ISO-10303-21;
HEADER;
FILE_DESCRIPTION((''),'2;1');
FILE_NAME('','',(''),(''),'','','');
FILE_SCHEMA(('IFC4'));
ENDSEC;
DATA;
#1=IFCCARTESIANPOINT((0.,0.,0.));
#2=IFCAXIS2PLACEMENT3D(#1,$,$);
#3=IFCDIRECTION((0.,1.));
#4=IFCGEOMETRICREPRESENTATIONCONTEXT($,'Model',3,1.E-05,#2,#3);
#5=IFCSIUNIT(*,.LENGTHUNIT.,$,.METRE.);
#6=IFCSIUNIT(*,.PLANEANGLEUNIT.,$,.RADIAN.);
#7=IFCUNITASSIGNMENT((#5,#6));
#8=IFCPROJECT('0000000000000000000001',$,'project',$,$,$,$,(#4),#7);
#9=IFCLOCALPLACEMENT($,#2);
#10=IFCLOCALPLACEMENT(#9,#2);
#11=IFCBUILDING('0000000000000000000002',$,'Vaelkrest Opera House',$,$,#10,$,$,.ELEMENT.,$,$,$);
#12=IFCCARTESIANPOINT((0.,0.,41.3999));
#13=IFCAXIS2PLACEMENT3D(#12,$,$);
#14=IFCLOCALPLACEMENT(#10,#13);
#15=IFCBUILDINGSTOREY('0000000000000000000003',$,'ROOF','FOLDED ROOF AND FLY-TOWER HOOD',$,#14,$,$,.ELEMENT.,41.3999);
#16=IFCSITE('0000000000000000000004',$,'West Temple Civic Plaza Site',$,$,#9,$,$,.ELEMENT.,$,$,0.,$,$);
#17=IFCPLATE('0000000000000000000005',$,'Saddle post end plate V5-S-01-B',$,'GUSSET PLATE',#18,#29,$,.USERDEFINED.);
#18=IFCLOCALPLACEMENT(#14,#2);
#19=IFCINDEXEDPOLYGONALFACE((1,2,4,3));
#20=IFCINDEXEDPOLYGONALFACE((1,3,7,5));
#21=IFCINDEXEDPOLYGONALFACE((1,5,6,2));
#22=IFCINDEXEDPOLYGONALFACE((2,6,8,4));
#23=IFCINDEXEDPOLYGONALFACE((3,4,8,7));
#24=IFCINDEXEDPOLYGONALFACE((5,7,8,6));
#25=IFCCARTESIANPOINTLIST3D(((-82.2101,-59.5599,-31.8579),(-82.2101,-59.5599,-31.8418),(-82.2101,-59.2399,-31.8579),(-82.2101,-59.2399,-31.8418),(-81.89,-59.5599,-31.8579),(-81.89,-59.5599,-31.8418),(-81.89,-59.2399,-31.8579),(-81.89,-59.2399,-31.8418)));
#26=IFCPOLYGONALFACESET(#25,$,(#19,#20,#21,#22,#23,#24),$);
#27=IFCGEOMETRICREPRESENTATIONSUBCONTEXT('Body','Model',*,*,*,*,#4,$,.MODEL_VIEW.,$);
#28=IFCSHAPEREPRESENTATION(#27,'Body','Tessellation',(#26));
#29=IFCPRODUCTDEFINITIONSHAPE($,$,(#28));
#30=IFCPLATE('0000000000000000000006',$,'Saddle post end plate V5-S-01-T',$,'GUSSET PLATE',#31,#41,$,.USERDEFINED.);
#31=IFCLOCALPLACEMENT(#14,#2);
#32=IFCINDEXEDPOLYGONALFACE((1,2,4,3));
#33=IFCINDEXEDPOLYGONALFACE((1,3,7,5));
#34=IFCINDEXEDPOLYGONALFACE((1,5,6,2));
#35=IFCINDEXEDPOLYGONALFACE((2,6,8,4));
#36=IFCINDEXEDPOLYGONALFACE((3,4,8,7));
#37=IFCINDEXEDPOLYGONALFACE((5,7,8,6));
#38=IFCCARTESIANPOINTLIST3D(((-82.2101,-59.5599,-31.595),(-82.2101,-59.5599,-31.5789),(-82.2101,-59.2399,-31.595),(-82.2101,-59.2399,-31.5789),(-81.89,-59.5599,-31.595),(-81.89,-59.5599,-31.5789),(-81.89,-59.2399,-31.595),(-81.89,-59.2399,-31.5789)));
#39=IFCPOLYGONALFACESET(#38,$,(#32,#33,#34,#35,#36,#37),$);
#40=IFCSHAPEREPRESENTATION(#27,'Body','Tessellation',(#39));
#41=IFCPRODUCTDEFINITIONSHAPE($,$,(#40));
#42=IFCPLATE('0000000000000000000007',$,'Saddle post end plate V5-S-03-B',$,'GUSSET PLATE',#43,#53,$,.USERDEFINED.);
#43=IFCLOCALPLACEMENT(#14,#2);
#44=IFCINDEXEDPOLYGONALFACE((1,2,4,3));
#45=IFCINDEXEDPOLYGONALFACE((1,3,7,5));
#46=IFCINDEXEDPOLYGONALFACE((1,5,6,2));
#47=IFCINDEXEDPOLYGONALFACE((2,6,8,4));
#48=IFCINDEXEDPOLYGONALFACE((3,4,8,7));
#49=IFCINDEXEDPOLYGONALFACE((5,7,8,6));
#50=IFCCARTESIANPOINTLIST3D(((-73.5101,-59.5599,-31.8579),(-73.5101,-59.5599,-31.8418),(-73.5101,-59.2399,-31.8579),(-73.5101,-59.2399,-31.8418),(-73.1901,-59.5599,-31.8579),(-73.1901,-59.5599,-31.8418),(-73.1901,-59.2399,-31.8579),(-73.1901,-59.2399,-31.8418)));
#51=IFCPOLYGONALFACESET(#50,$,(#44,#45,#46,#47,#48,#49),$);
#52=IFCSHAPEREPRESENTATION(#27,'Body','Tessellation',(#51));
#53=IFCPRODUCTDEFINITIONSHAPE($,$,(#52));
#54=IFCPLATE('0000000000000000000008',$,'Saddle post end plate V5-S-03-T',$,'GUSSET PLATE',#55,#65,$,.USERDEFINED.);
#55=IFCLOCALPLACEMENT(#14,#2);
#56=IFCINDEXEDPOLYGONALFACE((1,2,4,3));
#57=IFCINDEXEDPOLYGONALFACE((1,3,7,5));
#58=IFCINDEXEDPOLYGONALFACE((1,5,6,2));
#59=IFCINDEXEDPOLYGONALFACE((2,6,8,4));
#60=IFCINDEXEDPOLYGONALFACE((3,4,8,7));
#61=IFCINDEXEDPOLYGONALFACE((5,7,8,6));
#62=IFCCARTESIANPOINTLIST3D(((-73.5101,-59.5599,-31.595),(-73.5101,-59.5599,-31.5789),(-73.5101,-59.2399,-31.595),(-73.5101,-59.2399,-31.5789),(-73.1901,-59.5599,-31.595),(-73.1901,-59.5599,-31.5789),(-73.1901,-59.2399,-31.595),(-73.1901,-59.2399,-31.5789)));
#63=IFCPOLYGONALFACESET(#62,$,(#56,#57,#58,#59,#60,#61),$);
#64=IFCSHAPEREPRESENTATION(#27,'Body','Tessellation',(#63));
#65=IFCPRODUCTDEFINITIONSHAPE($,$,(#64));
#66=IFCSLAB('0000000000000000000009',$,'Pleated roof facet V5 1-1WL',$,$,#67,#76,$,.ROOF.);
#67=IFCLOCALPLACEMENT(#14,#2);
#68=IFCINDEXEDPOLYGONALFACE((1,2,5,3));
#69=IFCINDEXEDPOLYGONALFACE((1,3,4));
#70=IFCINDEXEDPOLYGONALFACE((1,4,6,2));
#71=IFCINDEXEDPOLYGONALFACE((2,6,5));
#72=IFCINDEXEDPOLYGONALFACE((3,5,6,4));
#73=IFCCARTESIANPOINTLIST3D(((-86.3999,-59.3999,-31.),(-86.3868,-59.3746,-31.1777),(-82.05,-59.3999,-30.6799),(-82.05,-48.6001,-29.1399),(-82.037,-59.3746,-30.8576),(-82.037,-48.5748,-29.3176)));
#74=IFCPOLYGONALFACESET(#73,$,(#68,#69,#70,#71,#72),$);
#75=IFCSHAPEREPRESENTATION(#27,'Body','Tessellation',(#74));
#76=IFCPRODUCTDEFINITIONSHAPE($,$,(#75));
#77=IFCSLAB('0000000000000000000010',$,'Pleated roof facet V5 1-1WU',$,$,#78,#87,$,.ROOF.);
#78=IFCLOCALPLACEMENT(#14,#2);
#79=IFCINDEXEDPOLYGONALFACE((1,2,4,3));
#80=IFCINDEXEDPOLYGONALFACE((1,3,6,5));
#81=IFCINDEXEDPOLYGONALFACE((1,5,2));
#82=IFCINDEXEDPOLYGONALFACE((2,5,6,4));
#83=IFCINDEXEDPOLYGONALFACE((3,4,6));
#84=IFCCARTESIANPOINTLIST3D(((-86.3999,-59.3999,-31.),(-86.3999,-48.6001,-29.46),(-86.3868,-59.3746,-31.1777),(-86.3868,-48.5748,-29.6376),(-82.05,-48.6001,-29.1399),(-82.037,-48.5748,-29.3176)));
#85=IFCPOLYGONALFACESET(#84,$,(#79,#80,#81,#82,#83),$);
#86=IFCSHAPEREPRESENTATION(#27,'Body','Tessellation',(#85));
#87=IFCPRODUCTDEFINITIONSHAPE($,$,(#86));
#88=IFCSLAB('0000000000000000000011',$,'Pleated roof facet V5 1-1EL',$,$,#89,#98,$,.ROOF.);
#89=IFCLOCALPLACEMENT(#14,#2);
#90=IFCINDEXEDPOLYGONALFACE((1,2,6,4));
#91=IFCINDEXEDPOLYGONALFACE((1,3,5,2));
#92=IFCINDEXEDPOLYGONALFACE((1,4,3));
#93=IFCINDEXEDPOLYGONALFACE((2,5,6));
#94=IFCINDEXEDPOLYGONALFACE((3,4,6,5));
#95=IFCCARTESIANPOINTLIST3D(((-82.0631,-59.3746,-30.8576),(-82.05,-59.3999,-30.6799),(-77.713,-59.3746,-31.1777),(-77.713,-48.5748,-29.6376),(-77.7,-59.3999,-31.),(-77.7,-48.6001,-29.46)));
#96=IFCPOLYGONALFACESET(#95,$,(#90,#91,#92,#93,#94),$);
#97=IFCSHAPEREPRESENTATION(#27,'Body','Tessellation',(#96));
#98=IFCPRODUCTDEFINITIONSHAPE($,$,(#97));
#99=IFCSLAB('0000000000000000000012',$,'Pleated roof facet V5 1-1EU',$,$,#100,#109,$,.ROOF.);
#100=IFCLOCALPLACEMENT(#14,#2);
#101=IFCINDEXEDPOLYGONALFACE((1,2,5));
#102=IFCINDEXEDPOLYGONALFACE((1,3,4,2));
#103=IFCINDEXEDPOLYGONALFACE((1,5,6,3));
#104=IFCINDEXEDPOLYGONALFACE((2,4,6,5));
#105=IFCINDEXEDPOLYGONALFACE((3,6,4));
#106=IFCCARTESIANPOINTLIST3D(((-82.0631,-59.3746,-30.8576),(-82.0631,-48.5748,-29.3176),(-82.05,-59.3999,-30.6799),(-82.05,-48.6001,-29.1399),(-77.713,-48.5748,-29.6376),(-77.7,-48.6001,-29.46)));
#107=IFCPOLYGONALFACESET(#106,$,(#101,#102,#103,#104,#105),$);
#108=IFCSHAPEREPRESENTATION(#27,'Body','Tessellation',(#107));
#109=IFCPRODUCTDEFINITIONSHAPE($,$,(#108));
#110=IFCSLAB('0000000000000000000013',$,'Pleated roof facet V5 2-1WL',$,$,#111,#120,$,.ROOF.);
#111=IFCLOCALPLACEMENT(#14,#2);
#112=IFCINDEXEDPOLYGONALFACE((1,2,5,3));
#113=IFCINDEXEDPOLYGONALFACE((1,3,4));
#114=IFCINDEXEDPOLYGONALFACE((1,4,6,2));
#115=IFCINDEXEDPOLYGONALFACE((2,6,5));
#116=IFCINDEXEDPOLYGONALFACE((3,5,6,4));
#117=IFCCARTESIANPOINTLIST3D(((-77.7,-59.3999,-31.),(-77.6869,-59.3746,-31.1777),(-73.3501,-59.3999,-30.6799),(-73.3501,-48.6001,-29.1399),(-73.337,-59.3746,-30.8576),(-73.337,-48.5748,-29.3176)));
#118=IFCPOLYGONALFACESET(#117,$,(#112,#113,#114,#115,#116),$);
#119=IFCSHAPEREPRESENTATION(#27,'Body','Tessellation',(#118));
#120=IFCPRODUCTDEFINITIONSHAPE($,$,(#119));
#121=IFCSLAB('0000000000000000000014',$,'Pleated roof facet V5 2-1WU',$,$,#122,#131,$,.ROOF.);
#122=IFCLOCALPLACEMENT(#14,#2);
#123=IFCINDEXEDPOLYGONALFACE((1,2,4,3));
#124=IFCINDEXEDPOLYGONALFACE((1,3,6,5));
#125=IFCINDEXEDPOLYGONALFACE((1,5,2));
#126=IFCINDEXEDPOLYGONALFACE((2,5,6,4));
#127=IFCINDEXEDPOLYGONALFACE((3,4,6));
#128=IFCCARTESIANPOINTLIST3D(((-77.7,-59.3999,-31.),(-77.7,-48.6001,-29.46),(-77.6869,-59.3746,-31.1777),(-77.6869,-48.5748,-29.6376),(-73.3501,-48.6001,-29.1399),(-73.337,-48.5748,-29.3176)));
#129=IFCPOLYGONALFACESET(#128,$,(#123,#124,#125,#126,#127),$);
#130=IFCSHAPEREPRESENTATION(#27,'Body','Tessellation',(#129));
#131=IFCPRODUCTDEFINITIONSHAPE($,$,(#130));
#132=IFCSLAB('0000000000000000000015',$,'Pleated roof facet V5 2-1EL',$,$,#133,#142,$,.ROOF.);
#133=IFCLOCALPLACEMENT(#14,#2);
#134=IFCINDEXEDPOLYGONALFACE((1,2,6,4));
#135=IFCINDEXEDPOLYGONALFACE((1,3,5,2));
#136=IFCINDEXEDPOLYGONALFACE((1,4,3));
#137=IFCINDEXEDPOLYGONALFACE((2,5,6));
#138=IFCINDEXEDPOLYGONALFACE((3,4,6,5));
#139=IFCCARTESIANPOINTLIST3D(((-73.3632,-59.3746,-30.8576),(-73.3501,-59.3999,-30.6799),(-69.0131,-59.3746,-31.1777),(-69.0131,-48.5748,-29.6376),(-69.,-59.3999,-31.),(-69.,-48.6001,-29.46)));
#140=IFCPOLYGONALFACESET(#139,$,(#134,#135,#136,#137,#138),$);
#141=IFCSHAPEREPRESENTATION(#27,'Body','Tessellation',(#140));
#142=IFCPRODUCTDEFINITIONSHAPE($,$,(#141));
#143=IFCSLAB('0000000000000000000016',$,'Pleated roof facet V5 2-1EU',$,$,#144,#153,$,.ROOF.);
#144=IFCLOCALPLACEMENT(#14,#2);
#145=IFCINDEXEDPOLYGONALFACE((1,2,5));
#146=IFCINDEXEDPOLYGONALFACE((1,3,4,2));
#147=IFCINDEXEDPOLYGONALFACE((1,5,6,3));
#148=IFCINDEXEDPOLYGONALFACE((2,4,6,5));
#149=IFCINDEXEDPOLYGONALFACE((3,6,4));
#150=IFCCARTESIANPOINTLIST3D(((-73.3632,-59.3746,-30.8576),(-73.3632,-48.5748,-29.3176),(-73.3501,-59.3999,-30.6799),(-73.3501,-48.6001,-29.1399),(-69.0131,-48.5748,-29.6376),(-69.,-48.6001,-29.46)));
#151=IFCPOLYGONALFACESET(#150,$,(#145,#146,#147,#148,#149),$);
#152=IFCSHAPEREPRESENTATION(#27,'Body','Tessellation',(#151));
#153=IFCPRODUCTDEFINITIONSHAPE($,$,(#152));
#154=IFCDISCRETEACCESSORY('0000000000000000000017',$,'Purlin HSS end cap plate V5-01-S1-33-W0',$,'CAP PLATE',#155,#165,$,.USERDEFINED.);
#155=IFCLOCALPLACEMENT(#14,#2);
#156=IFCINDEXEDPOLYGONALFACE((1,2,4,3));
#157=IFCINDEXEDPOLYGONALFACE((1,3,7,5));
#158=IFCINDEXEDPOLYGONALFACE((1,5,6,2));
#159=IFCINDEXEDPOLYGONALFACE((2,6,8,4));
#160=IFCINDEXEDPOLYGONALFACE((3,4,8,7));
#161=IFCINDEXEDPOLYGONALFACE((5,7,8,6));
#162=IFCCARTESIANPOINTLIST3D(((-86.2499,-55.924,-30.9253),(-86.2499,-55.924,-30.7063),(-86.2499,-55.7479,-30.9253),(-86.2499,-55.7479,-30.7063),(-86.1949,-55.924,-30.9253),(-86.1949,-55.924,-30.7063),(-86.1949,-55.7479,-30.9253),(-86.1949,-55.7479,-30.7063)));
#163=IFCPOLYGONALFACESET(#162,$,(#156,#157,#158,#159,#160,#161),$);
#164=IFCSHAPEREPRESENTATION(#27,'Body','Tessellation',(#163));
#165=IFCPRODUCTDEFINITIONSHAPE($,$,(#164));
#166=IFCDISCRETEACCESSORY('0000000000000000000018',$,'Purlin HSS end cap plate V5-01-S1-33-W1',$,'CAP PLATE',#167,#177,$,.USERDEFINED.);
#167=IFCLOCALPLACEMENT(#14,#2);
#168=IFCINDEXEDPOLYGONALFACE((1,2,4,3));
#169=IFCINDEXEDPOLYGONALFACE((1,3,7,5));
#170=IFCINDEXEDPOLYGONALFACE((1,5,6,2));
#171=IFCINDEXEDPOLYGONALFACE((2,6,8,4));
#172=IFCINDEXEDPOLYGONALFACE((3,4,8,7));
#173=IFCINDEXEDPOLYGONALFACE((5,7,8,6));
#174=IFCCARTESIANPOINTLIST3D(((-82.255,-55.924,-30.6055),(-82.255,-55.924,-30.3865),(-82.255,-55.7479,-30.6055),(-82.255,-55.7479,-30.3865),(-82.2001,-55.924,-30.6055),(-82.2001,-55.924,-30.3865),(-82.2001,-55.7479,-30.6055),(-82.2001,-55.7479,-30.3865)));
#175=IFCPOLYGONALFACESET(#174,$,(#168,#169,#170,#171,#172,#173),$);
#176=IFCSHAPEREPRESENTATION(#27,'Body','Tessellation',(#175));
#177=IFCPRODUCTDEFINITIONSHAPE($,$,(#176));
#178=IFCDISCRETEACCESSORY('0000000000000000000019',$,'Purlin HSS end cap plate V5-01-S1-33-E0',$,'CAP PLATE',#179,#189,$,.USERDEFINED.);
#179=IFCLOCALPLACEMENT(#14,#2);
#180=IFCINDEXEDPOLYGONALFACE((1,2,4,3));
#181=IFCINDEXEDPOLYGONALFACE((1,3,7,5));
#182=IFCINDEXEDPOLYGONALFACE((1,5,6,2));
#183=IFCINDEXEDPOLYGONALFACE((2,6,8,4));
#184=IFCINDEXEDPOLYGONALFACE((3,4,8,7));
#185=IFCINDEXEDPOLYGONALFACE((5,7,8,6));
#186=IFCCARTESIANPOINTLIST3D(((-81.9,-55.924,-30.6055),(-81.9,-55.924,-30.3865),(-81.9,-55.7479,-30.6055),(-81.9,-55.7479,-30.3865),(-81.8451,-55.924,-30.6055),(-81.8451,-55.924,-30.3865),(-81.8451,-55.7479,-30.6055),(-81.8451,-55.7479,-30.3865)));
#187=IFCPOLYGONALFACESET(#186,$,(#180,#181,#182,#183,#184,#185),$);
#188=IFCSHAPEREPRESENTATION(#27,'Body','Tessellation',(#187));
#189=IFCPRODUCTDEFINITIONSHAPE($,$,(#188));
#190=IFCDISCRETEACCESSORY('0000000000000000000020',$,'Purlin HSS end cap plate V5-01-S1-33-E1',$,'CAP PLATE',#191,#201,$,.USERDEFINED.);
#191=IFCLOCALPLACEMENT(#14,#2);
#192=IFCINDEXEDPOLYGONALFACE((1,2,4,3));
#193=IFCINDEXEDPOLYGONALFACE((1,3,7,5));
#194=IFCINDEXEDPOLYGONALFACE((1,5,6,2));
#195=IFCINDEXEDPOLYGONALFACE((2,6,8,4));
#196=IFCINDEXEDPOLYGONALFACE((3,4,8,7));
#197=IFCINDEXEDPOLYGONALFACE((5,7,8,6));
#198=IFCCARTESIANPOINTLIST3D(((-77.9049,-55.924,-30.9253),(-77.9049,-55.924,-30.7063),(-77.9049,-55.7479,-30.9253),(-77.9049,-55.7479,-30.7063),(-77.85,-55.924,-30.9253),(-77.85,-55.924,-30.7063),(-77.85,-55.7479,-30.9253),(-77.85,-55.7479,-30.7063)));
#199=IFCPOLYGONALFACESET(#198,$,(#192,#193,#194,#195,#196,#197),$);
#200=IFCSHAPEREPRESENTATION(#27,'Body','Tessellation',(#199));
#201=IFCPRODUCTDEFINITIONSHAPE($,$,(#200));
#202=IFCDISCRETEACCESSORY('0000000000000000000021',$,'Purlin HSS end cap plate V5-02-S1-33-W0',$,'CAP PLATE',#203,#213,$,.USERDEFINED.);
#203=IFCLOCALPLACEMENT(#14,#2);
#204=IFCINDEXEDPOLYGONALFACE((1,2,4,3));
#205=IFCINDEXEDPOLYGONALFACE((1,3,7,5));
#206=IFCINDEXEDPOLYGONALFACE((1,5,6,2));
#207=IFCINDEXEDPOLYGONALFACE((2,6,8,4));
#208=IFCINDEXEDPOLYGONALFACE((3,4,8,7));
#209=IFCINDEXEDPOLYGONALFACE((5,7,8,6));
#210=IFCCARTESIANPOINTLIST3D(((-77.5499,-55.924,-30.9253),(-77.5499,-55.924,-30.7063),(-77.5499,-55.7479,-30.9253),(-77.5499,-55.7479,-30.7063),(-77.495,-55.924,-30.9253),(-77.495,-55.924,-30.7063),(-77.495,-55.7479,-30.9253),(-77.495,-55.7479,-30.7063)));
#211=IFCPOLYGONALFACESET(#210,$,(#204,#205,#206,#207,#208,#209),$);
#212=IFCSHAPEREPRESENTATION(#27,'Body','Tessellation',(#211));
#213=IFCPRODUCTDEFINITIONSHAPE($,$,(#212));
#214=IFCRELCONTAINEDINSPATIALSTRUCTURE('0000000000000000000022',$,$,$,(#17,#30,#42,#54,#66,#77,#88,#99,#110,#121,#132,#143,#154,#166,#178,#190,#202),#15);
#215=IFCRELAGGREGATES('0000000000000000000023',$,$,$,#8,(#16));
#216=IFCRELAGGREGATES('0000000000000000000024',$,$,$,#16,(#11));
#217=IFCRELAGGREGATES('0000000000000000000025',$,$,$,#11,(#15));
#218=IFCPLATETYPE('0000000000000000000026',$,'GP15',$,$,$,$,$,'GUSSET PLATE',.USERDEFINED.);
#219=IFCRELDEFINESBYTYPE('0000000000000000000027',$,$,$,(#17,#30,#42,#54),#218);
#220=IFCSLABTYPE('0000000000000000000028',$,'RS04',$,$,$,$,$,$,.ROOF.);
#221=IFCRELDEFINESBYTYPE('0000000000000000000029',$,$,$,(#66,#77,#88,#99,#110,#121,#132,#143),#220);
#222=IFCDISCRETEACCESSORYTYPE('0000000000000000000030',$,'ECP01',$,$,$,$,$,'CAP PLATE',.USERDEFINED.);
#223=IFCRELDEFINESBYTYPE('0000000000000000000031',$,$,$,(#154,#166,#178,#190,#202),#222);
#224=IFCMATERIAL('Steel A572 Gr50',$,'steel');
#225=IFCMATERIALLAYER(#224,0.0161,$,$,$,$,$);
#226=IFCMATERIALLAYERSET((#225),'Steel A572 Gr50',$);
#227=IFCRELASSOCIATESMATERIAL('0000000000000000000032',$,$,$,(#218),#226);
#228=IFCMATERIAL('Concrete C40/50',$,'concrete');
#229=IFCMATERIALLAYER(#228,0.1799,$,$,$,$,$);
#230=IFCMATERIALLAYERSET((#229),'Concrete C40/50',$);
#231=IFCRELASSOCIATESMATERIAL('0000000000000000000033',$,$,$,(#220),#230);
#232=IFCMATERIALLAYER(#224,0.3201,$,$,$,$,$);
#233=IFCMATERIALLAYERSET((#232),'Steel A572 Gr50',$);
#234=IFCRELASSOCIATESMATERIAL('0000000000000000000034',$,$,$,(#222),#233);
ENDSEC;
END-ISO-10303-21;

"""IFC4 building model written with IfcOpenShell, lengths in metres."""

from ifc_helpers import new_model, si_unit, direction, frame, origin, origin_2d, place, context, subcontext, project, spatial, polyline, rectangle, outline, extrude, material, layer, layer_set, type_object, element, save


model = new_model("IFC4")

# Units and contexts
model_context = context("Model", 3, precision=1e-05, world=origin(), true_north=direction((0.0, 1.0)))
body_context = subcontext(model_context, "Body", "Model", "MODEL_VIEW")
ifc_project = project(units=[si_unit("LENGTHUNIT", "METRE"), si_unit("PLANEANGLEUNIT", "RADIAN")], contexts=[model_context])

# Site, building, storey
site_placement = place(None, origin())
site = spatial("IfcSite", under=ifc_project, at=site_placement, Name="West Temple Civic Plaza Site", CompositionType="ELEMENT", RefElevation=0.0)
building_placement = place(site_placement, origin())
building = spatial("IfcBuilding", under=site, at=building_placement, Name="Vaelkrest Opera House", CompositionType="ELEMENT")
storey_placement = place(building_placement, frame((0.0, 0.0, 41.3999)))
storey = spatial("IfcBuildingStorey", under=building, at=storey_placement, Name="ROOF", Description="FOLDED ROOF AND FLY-TOWER HOOD", CompositionType="ELEMENT", Elevation=41.3999)

# Plates
ifc_material_1 = material(Name="Steel A572 Gr50", Category="steel")
ifc_layer_1 = layer(ifc_material_1, 0.0161)
ifc_layer_set_1 = layer_set([ifc_layer_1], Name="Steel A572 Gr50")
plate_type = type_object("IfcPlateType", Name="GP15", ElementType="GUSSET PLATE", PredefinedType="USERDEFINED", material=ifc_layer_set_1)
for number, where, z_axis, x_axis, name in (
    (1, (-82.05, -59.3999, -31.8579), (0.0, 0.0, 1.0), (1.0, 0.0, 0.0), "Saddle post end plate V5-S-01-B"),
    (2, (-82.05, -59.3999, -31.595), (0.0, 0.0, 1.0), (1.0, 0.0, 0.0), "Saddle post end plate V5-S-01-T"),
    (3, (-73.3501, -59.3999, -31.8579), (0.0, 0.0, 1.0), (1.0, 0.0, 0.0), "Saddle post end plate V5-S-03-B"),
    (4, (-73.3501, -59.3999, -31.595), (0.0, 0.0, 1.0), (1.0, 0.0, 0.0), "Saddle post end plate V5-S-03-T"),
):
    element("IfcPlate", number, at=place(storey_placement, frame(where, z_axis=z_axis, x_axis=x_axis)), inside=storey, type_object=plate_type, Name=name, ObjectType="GUSSET PLATE", PredefinedType="USERDEFINED", context=body_context, shape_type="SweptSolid", body=[
        extrude(rectangle(XDim=0.3201, YDim=0.3201, at=origin_2d()), origin(), (0.0, 0.0, 1.0), 0.0161),
    ])

# Slabs
ifc_material_2 = material(Name="Concrete C40/50", Category="concrete")
ifc_layer_2 = layer(ifc_material_2, 0.1799)
ifc_layer_set_2 = layer_set([ifc_layer_2], Name="Concrete C40/50")
slab_type = type_object("IfcSlabType", Name="RS04", PredefinedType="ROOF", material=ifc_layer_set_2)
slab_1_placement = place(storey_placement, frame((-86.3999, -59.3999, -31.0), z_axis=(-0.072652, -0.140798, 0.987369), x_axis=(0.997304, 0.0, 0.073383)))
element("IfcSlab", 5, at=slab_1_placement, inside=storey, type_object=slab_type, Name="Pleated roof facet V5 1-1WL", PredefinedType="ROOF", context=body_context, shape_type="SweptSolid", body=[
    extrude(outline(polyline([(0.0, 0.0), (4.3616, 0.0), (4.4746, 10.9085), (0.0, 0.0)])), origin(), (0.0, 0.0, -1.0), 0.1799),
])
slab_2_placement = place(storey_placement, frame((-86.3999, -59.3999, -31.0), z_axis=(-0.072652, -0.140798, 0.987369), x_axis=(0.368927, 0.915971, 0.157763)))
element("IfcSlab", 6, at=slab_2_placement, inside=storey, type_object=slab_type, Name="Pleated roof facet V5 1-1WU", PredefinedType="ROOF", context=body_context, shape_type="SweptSolid", body=[
    extrude(outline(polyline([(0.0, 0.0), (11.7905, 0.0), (10.1353, 4.0353), (0.0, 0.0)])), origin(), (0.0, 0.0, -1.0), 0.1799),
])
slab_3_placement = place(storey_placement, frame((-82.05, -59.3999, -30.6799), z_axis=(0.072648, -0.140798, 0.987369), x_axis=(0.997304, 0.0, -0.073379)))
element("IfcSlab", 7, at=slab_3_placement, inside=storey, type_object=slab_type, Name="Pleated roof facet V5 1-1EL", PredefinedType="ROOF", context=body_context, shape_type="SweptSolid", body=[
    extrude(outline(polyline([(0.0, 0.0), (4.3619, 0.0), (4.2489, 10.9085), (0.0, 0.0)])), origin(), (0.0, 0.0, -1.0), 0.1799),
])
slab_4_placement = place(storey_placement, frame((-82.05, -59.3999, -30.6799), z_axis=(0.072648, -0.140798, 0.987369), x_axis=(0.37159, 0.92253, 0.104211)))
element("IfcSlab", 8, at=slab_4_placement, inside=storey, type_object=slab_type, Name="Pleated roof facet V5 1-1EU", PredefinedType="ROOF", context=body_context, shape_type="SweptSolid", body=[
    extrude(outline(polyline([(0.0, 0.0), (11.7067, 0.0), (10.1236, 4.0644), (0.0, 0.0)])), origin(), (0.0, 0.0, -1.0), 0.1799),
])
slab_5_placement = place(storey_placement, frame((-77.7, -59.3999, -31.0), z_axis=(-0.072652, -0.140798, 0.987369), x_axis=(0.997304, 0.0, 0.073383)))
element("IfcSlab", 9, at=slab_5_placement, inside=storey, type_object=slab_type, Name="Pleated roof facet V5 2-1WL", PredefinedType="ROOF", context=body_context, shape_type="SweptSolid", body=[
    extrude(outline(polyline([(0.0, 0.0), (4.3616, 0.0), (4.4746, 10.9085), (0.0, 0.0)])), origin(), (0.0, 0.0, -1.0), 0.1799),
])
slab_6_placement = place(storey_placement, frame((-77.7, -59.3999, -31.0), z_axis=(-0.072652, -0.140798, 0.987369), x_axis=(0.368927, 0.915971, 0.157763)))
element("IfcSlab", 10, at=slab_6_placement, inside=storey, type_object=slab_type, Name="Pleated roof facet V5 2-1WU", PredefinedType="ROOF", context=body_context, shape_type="SweptSolid", body=[
    extrude(outline(polyline([(0.0, 0.0), (11.7905, 0.0), (10.1353, 4.0353), (0.0, 0.0)])), origin(), (0.0, 0.0, -1.0), 0.1799),
])
slab_7_placement = place(storey_placement, frame((-73.3501, -59.3999, -30.6799), z_axis=(0.072648, -0.140798, 0.987369), x_axis=(0.997304, 0.0, -0.073379)))
element("IfcSlab", 11, at=slab_7_placement, inside=storey, type_object=slab_type, Name="Pleated roof facet V5 2-1EL", PredefinedType="ROOF", context=body_context, shape_type="SweptSolid", body=[
    extrude(outline(polyline([(0.0, 0.0), (4.3619, 0.0), (4.2489, 10.9085), (0.0, 0.0)])), origin(), (0.0, 0.0, -1.0), 0.1799),
])
slab_8_placement = place(storey_placement, frame((-73.3501, -59.3999, -30.6799), z_axis=(0.072648, -0.140798, 0.987369), x_axis=(0.37159, 0.92253, 0.104211)))
element("IfcSlab", 12, at=slab_8_placement, inside=storey, type_object=slab_type, Name="Pleated roof facet V5 2-1EU", PredefinedType="ROOF", context=body_context, shape_type="SweptSolid", body=[
    extrude(outline(polyline([(0.0, 0.0), (11.7067, 0.0), (10.1236, 4.0644), (0.0, 0.0)])), origin(), (0.0, 0.0, -1.0), 0.1799),
])

# Discrete accessories
ifc_layer_3 = layer(ifc_material_1, 0.3201)
ifc_layer_set_3 = layer_set([ifc_layer_3], Name="Steel A572 Gr50")
discrete_accessory_type = type_object("IfcDiscreteAccessoryType", Name="ECP01", ElementType="CAP PLATE", PredefinedType="USERDEFINED", material=ifc_layer_set_3)
for number, where, z_axis, x_axis, name in (
    (13, (-86.2224, -55.8359, -30.9253), (0.0, 0.0, 1.0), (1.0, 0.0, 0.0), "Purlin HSS end cap plate V5-01-S1-33-W0"),
    (14, (-82.2275, -55.8359, -30.6055), (0.0, 0.0, 1.0), (1.0, 0.0, 0.0), "Purlin HSS end cap plate V5-01-S1-33-W1"),
    (15, (-81.8726, -55.8359, -30.6055), (0.0, 0.0, 1.0), (1.0, 0.0, 0.0), "Purlin HSS end cap plate V5-01-S1-33-E0"),
    (16, (-77.8774, -55.8359, -30.9253), (0.0, 0.0, 1.0), (1.0, 0.0, 0.0), "Purlin HSS end cap plate V5-01-S1-33-E1"),
    (17, (-77.5225, -55.8359, -30.9253), (0.0, 0.0, 1.0), (1.0, 0.0, 0.0), "Purlin HSS end cap plate V5-02-S1-33-W0"),
):
    element("IfcDiscreteAccessory", number, at=place(storey_placement, frame(where, z_axis=z_axis, x_axis=x_axis)), inside=storey, type_object=discrete_accessory_type, Name=name, ObjectType="CAP PLATE", PredefinedType="USERDEFINED", context=body_context, shape_type="SweptSolid", body=[
        extrude(rectangle(XDim=0.0549, YDim=0.176, at=origin_2d()), origin(), (0.0, 0.0, 1.0), 0.219),
    ])

save(model, "model.ifc")
